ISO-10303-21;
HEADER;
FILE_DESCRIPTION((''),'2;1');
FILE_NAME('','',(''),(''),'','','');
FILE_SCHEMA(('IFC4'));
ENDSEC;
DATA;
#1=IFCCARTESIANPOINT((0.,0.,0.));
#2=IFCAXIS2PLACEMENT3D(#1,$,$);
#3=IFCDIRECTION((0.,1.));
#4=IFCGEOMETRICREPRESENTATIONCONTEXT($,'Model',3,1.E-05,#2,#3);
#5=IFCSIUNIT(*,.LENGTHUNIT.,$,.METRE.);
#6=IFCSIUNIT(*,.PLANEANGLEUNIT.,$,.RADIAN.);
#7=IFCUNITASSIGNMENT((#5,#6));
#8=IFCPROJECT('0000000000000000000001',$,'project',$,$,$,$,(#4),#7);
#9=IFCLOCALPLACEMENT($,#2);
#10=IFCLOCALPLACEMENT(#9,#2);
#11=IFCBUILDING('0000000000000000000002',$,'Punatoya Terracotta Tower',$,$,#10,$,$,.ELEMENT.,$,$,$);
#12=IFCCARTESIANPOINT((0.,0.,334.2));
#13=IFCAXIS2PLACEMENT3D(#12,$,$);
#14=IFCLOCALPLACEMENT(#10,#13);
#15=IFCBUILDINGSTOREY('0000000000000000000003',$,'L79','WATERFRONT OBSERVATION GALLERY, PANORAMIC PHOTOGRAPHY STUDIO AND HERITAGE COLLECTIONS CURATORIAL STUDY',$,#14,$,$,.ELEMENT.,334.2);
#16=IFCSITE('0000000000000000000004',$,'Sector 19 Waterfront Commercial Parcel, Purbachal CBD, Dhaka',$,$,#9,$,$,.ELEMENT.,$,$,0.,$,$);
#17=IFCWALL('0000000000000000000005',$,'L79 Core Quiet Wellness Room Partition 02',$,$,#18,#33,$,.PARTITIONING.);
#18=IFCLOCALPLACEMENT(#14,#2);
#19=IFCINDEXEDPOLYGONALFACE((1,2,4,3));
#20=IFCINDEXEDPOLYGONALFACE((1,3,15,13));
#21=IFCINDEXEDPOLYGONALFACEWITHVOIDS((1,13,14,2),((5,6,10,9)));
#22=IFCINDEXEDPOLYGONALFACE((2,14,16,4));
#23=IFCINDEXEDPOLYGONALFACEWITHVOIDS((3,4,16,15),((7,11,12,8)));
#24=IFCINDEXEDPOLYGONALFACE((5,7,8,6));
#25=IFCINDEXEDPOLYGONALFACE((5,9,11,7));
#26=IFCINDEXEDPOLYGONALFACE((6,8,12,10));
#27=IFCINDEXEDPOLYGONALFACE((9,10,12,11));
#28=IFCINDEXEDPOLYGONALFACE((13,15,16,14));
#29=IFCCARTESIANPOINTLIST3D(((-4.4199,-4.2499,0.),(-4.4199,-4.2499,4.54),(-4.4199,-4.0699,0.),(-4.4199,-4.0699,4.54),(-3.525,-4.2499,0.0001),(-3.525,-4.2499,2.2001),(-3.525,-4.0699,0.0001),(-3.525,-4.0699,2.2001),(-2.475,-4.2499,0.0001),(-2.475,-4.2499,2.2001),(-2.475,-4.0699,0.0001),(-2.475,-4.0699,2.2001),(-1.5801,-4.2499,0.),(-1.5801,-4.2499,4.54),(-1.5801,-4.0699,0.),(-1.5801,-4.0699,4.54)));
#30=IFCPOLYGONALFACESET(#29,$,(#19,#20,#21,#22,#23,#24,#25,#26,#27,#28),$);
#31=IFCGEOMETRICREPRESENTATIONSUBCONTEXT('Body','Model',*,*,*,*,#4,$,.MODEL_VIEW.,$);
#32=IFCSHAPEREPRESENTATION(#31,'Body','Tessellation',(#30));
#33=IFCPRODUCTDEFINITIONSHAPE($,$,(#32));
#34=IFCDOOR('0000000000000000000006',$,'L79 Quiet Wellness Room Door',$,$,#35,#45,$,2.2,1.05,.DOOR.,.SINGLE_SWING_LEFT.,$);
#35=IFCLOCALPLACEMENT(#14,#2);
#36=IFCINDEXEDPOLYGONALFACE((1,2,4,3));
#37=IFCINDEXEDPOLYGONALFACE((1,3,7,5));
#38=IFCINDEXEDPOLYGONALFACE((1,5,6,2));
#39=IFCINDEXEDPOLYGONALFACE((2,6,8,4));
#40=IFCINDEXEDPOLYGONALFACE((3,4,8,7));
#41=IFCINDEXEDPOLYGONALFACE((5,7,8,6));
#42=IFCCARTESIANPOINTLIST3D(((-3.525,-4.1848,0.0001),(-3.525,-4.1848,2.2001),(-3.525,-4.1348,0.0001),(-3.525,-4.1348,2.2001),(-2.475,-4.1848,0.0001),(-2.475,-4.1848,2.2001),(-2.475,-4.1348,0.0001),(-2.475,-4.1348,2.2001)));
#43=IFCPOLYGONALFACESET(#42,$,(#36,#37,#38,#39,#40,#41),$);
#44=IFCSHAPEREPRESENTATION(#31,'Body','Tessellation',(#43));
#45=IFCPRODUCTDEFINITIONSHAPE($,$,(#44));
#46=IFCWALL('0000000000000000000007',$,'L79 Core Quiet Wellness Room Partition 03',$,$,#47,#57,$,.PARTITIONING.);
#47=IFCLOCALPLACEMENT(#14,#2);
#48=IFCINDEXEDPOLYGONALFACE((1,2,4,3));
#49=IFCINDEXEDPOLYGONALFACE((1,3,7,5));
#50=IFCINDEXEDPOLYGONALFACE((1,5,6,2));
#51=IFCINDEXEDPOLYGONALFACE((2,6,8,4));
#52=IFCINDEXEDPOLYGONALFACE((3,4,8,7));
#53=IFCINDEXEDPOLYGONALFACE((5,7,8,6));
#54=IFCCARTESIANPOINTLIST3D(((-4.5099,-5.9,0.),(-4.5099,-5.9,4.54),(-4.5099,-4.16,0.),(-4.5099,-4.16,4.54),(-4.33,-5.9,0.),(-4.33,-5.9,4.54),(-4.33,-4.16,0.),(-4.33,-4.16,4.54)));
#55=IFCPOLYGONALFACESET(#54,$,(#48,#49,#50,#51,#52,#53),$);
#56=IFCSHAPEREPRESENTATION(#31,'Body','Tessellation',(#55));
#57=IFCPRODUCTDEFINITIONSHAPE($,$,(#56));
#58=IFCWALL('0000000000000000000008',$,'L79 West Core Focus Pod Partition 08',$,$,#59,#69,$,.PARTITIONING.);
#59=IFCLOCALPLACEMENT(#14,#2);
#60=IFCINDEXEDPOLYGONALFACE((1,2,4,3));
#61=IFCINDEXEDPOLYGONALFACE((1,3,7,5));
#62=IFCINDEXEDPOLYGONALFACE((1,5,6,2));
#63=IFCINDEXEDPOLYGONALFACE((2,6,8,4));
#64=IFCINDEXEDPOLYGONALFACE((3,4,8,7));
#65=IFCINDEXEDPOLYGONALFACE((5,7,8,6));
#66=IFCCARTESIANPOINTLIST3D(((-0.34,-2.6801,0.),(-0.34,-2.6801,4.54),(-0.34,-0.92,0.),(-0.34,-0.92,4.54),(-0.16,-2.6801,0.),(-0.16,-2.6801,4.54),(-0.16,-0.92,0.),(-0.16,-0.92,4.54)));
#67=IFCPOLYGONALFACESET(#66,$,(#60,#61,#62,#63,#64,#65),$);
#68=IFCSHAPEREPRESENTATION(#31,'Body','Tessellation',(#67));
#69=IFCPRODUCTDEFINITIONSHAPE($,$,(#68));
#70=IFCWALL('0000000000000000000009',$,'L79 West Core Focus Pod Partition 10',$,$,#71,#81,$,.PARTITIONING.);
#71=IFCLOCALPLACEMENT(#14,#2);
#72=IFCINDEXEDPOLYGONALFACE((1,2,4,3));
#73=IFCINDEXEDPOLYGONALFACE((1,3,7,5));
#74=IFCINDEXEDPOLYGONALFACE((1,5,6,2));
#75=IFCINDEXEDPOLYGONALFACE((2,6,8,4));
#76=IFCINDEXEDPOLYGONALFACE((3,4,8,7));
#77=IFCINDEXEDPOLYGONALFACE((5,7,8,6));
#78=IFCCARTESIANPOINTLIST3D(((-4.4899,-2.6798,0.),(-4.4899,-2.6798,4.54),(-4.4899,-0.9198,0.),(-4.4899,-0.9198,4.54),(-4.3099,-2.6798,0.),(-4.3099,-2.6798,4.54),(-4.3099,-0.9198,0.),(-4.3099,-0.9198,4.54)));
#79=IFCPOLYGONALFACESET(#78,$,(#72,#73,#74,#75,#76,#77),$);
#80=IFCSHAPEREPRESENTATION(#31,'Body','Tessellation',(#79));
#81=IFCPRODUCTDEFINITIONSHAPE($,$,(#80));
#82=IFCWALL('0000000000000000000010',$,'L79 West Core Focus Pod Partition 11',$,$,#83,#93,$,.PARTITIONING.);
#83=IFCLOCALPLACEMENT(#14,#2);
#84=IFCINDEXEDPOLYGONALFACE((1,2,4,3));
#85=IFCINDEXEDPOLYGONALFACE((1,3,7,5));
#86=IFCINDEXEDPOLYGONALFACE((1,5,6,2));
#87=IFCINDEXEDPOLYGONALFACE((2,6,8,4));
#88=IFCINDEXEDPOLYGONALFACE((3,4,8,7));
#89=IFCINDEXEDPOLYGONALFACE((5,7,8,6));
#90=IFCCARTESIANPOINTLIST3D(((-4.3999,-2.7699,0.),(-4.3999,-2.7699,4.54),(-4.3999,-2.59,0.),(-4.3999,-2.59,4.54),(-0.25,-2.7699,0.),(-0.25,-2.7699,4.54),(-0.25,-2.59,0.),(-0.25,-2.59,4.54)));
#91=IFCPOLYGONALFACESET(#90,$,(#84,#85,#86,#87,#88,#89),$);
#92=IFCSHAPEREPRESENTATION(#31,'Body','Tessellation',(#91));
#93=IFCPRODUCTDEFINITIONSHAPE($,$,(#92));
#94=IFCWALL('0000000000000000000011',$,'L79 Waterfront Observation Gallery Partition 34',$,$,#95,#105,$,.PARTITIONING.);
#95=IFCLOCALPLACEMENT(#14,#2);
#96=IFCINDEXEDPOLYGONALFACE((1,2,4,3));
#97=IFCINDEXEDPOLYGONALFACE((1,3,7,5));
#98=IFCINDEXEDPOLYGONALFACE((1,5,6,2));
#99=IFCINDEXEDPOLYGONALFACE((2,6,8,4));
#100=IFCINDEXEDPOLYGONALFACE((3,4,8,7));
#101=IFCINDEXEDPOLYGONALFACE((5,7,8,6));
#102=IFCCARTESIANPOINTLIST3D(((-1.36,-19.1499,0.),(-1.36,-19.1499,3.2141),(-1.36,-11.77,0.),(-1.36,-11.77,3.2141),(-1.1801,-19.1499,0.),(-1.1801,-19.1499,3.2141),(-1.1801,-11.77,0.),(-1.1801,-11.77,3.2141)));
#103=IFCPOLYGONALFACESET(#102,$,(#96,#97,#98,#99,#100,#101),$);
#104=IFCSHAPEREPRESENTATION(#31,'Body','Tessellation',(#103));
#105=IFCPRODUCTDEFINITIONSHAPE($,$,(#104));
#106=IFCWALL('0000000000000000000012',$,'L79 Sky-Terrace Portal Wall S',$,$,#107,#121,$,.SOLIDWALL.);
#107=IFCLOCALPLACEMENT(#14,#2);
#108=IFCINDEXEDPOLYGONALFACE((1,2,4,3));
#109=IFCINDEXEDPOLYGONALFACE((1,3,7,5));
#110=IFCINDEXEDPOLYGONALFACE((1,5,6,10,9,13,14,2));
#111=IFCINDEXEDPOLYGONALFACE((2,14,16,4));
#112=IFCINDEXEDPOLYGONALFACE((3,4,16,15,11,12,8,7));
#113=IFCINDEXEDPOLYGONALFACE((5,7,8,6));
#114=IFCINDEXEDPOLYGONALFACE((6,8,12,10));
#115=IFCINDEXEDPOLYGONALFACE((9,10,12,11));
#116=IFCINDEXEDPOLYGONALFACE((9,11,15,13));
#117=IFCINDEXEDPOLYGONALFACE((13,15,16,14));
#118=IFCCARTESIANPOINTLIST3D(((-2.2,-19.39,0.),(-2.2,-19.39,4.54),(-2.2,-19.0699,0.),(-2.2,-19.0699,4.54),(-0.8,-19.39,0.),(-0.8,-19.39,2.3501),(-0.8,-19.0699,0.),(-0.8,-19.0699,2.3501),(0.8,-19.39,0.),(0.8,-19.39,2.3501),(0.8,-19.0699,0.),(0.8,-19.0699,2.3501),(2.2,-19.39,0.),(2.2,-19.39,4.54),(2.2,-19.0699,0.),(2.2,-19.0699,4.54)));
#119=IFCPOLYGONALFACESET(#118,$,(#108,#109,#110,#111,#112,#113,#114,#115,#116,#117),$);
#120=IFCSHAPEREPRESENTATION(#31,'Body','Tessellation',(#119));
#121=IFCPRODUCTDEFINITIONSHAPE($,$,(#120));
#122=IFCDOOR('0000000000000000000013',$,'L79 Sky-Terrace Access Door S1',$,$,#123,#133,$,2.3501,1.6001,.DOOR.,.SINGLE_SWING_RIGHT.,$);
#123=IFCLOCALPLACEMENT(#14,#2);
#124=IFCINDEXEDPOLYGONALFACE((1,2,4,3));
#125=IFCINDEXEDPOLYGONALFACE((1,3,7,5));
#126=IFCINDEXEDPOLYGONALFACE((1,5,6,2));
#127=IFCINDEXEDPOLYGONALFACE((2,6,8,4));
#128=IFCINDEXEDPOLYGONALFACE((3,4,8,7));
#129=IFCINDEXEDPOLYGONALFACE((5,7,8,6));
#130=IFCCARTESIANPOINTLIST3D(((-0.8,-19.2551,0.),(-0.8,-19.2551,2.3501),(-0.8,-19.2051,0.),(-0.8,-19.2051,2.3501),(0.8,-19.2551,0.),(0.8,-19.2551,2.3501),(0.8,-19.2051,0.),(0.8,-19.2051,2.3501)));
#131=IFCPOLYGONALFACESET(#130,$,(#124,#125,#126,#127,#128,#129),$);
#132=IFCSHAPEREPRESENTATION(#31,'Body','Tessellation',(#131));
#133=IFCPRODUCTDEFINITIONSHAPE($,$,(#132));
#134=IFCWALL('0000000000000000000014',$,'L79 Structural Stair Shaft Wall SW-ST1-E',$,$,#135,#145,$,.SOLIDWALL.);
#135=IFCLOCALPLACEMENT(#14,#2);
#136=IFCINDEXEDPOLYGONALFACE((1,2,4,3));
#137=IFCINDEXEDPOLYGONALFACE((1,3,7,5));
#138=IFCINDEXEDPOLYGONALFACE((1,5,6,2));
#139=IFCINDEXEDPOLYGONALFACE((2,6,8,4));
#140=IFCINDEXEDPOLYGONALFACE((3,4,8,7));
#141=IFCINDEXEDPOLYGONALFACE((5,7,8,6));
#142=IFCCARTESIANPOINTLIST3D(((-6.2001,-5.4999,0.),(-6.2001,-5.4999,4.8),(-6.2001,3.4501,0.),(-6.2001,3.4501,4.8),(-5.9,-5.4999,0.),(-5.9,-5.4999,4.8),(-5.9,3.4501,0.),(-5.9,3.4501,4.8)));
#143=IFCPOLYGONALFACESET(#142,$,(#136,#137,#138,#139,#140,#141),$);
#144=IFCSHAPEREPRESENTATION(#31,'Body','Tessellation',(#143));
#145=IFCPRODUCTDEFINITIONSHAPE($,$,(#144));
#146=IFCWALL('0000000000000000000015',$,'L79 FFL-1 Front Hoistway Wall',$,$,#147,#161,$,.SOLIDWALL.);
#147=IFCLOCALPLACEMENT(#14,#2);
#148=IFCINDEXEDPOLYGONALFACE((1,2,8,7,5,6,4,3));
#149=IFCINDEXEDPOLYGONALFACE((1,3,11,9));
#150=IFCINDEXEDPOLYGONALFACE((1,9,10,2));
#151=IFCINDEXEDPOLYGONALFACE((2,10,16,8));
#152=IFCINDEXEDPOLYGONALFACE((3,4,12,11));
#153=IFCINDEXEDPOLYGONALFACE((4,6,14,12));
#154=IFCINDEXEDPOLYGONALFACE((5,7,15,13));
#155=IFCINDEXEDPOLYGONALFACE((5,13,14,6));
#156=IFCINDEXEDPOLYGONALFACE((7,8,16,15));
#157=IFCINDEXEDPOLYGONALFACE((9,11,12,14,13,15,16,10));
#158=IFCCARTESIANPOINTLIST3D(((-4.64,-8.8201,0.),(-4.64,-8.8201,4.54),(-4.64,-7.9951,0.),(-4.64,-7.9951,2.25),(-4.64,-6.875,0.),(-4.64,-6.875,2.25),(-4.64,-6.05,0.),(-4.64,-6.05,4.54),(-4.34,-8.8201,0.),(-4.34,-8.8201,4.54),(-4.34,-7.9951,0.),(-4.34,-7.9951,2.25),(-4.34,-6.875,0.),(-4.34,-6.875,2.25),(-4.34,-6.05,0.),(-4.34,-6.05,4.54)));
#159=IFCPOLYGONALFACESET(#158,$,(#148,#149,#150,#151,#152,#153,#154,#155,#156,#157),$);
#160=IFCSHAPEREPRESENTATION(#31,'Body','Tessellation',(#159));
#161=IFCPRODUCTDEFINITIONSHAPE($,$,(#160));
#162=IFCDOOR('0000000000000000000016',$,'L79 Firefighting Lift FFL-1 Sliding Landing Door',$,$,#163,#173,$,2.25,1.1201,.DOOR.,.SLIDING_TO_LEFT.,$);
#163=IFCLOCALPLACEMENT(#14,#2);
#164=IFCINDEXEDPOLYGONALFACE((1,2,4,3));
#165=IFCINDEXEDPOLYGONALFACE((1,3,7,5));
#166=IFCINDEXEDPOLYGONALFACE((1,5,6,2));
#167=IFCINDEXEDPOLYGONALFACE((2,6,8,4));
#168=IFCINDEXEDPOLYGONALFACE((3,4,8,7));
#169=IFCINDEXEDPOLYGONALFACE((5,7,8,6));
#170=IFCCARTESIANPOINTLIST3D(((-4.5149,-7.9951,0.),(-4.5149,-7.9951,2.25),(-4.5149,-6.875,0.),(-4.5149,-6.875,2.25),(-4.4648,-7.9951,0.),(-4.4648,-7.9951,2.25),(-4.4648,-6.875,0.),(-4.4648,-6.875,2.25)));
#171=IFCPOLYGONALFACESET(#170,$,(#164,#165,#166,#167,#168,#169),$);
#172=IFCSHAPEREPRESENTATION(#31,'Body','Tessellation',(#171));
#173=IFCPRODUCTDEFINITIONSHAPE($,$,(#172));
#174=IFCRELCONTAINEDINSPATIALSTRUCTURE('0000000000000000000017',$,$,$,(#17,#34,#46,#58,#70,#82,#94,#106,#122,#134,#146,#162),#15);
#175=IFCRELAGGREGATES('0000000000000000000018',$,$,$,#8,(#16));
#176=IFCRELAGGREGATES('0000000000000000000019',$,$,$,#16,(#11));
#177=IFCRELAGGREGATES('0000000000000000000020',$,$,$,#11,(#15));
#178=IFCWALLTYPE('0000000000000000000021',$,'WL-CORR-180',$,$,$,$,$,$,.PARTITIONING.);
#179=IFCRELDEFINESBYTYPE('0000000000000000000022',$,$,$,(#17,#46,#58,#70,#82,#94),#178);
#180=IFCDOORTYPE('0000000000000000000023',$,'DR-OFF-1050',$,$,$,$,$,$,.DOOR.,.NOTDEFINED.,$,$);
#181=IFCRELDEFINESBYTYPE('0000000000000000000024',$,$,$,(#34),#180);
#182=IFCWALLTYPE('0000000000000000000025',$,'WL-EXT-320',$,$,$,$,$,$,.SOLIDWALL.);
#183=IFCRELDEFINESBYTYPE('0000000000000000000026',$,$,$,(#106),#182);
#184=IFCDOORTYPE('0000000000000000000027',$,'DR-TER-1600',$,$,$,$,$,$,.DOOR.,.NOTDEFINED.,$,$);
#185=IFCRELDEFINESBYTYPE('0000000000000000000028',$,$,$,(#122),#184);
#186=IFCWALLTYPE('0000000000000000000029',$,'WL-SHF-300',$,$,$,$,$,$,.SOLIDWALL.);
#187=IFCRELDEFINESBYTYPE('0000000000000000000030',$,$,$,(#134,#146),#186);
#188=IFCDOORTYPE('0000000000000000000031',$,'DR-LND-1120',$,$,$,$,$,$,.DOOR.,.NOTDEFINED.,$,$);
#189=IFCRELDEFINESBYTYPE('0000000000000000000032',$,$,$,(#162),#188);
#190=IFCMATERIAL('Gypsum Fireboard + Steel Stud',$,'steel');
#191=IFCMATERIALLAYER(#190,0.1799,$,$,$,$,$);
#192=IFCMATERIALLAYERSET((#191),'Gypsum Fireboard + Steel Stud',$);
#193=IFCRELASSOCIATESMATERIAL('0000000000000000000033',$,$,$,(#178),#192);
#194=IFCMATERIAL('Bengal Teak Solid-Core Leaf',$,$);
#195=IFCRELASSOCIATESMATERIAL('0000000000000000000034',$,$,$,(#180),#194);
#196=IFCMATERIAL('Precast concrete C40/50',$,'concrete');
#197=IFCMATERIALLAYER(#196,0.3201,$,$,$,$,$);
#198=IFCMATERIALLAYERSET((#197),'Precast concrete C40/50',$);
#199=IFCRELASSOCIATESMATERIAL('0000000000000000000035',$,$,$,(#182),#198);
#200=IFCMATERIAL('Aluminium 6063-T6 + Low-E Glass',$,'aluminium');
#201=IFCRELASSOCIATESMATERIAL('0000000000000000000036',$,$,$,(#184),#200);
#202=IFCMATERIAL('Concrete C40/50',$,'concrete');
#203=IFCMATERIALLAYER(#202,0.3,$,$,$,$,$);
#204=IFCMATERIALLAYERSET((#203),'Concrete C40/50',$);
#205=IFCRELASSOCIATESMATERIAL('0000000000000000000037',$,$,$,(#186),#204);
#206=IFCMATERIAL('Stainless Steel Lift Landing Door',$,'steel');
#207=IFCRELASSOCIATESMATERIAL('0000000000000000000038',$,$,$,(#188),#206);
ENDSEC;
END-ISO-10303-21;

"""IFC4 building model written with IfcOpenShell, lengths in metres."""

from ifc_helpers import new_model, si_unit, direction, frame, frame_2d, origin, place, context, subcontext, project, spatial, rectangle, extrude, material, layer, layer_set, type_object, element, fill, save


model = new_model("IFC4")

# Units and contexts
model_context = context("Model", 3, precision=1e-05, world=origin(), true_north=direction((0.0, 1.0)))
body_context = subcontext(model_context, "Body", "Model", "MODEL_VIEW")
ifc_project = project(units=[si_unit("LENGTHUNIT", "METRE"), si_unit("PLANEANGLEUNIT", "RADIAN")], contexts=[model_context])

# Site, building, storey
site_placement = place(None, origin())
site = spatial("IfcSite", under=ifc_project, at=site_placement, Name="Sector 19 Waterfront Commercial Parcel, Purbachal CBD, Dhaka", CompositionType="ELEMENT", RefElevation=0.0)
building_placement = place(site_placement, origin())
building = spatial("IfcBuilding", under=site, at=building_placement, Name="Punatoya Terracotta Tower", CompositionType="ELEMENT")
storey_placement = place(building_placement, frame((0.0, 0.0, 334.2)))
storey = spatial("IfcBuildingStorey", under=building, at=storey_placement, Name="L79", Description="WATERFRONT OBSERVATION GALLERY, PANORAMIC PHOTOGRAPHY STUDIO AND HERITAGE COLLECTIONS CURATORIAL STUDY", CompositionType="ELEMENT", Elevation=334.2)

# Shared definitions
ifc_material_1 = material(Name="Gypsum Fireboard + Steel Stud", Category="steel")
ifc_layer_1 = layer(ifc_material_1, 0.1799)
ifc_layer_set_1 = layer_set([ifc_layer_1], Name="Gypsum Fireboard + Steel Stud")
wall_type_1 = type_object("IfcWallType", Name="WL-CORR-180", PredefinedType="PARTITIONING", material=ifc_layer_set_1)

# Wall, opening, door
wall_1_placement = place(storey_placement, frame((-1.5801, -4.1599, 0.0), z_axis=(0.0, 0.0, 1.0), x_axis=(-1.0, 0.0, 0.0)))
wall_1 = element("IfcWall", 1, at=wall_1_placement, inside=storey, type_object=wall_type_1, Name="L79 Core Quiet Wellness Room Partition 02", PredefinedType="PARTITIONING", context=body_context, shape_type="SweptSolid", body=[
    extrude(rectangle(XDim=2.8398, YDim=0.1799, at=frame_2d((1.4199, 0.0))), origin(), (0.0, 0.0, 1.0), 4.54),
])
opening_1_placement = place(wall_1_placement, frame((0.895, 0.0, 0.0)))
opening_1 = element("IfcOpeningElement", 2, at=opening_1_placement, cuts=wall_1, PredefinedType="OPENING", context=body_context, shape_type="SweptSolid", body=[
    extrude(rectangle(XDim=1.05, YDim=2.2, at=frame_2d((0.5249, 1.1001))), frame((0.0, 0.0999, 0.0), z_axis=(0.0, -1.0, 0.0), x_axis=(1.0, 0.0, 0.0)), (0.0, 0.0, 1.0), 0.2),
])
ifc_material_2 = material(Name="Bengal Teak Solid-Core Leaf")
door_type_1 = type_object("IfcDoorType", Name="DR-OFF-1050", OperationType="NOTDEFINED", PredefinedType="DOOR", material=ifc_material_2)
door_1_placement = place(opening_1_placement, origin())
door_1 = element("IfcDoor", 3, at=door_1_placement, inside=storey, type_object=door_type_1, Name="L79 Quiet Wellness Room Door", OperationType="SINGLE_SWING_LEFT", OverallHeight=2.2, OverallWidth=1.05, PredefinedType="DOOR", context=body_context, shape_type="SweptSolid", body=[
    extrude(rectangle(XDim=1.05, YDim=2.2, at=frame_2d((0.5249, 1.1001))), frame((0.0, 0.0249, 0.0), z_axis=(0.0, -1.0, 0.0), x_axis=(1.0, 0.0, 0.0)), (0.0, 0.0, 1.0), 0.05),
])
fill(opening_1, door_1)

# Walls
wall_2_placement = place(storey_placement, frame((-4.4199, -4.1599, 0.0), z_axis=(0.0, 0.0, 1.0), x_axis=(0.0, -1.0, 0.0)))
element("IfcWall", 4, at=wall_2_placement, inside=storey, type_object=wall_type_1, Name="L79 Core Quiet Wellness Room Partition 03", PredefinedType="PARTITIONING", context=body_context, shape_type="SweptSolid", body=[
    extrude(rectangle(XDim=1.74, YDim=0.1799, at=frame_2d((0.8701, 0.0))), origin(), (0.0, 0.0, 1.0), 4.54),
])
for number, where, z_axis, x_axis, name in (
    (5, (-0.25, -2.6799, 0.0), (0.0, 0.0, 1.0), (0.0, 1.0, 0.0), "L79 West Core Focus Pod Partition 08"),
    (6, (-4.3999, -0.9199, 0.0), (0.0, 0.0, 1.0), (0.0, -1.0, 0.0), "L79 West Core Focus Pod Partition 10"),
):
    element("IfcWall", number, at=place(storey_placement, frame(where, z_axis=z_axis, x_axis=x_axis)), inside=storey, type_object=wall_type_1, Name=name, PredefinedType="PARTITIONING", context=body_context, shape_type="SweptSolid", body=[
        extrude(rectangle(XDim=1.76, YDim=0.1799, at=frame_2d((0.8799, 0.0))), origin(), (0.0, 0.0, 1.0), 4.54),
    ])
wall_3_placement = place(storey_placement, frame((-4.3999, -2.6799, 0.0), z_axis=(0.0, 0.0, 1.0), x_axis=(1.0, 0.0, 0.0)))
element("IfcWall", 7, at=wall_3_placement, inside=storey, type_object=wall_type_1, Name="L79 West Core Focus Pod Partition 11", PredefinedType="PARTITIONING", context=body_context, shape_type="SweptSolid", body=[
    extrude(rectangle(XDim=4.1499, YDim=0.1799, at=frame_2d((2.075, 0.0))), origin(), (0.0, 0.0, 1.0), 4.54),
])
wall_4_placement = place(storey_placement, frame((-1.27, -11.77, 0.0), z_axis=(0.0, 0.0, 1.0), x_axis=(0.0, -1.0, 0.0)))
element("IfcWall", 8, at=wall_4_placement, inside=storey, type_object=wall_type_1, Name="L79 Waterfront Observation Gallery Partition 34", PredefinedType="PARTITIONING", context=body_context, shape_type="SweptSolid", body=[
    extrude(rectangle(XDim=7.3799, YDim=0.1799, at=frame_2d((3.6899, 0.0))), origin(), (0.0, 0.0, 1.0), 3.2141),
])

# Wall, opening, door
ifc_material_3 = material(Name="Precast concrete C40/50", Category="concrete")
ifc_layer_2 = layer(ifc_material_3, 0.3201)
ifc_layer_set_2 = layer_set([ifc_layer_2], Name="Precast concrete C40/50")
wall_type_2 = type_object("IfcWallType", Name="WL-EXT-320", PredefinedType="SOLIDWALL", material=ifc_layer_set_2)
wall_5_placement = place(storey_placement, frame((-2.2, -19.23, 0.0), z_axis=(0.0, 0.0, 1.0), x_axis=(1.0, 0.0, 0.0)))
wall_5 = element("IfcWall", 9, at=wall_5_placement, inside=storey, type_object=wall_type_2, Name="L79 Sky-Terrace Portal Wall S", PredefinedType="SOLIDWALL", context=body_context, shape_type="SweptSolid", body=[
    extrude(rectangle(XDim=4.3999, YDim=0.3201, at=frame_2d((2.2, 0.0))), origin(), (0.0, 0.0, 1.0), 4.54),
])
opening_2_placement = place(wall_5_placement, frame((1.3999, 0.0, 0.0)))
opening_2 = element("IfcOpeningElement", 10, at=opening_2_placement, cuts=wall_5, PredefinedType="OPENING", context=body_context, shape_type="SweptSolid", body=[
    extrude(rectangle(XDim=1.6001, YDim=2.3501, at=frame_2d((0.8, 1.175))), frame((0.0, 0.1699, 0.0), z_axis=(0.0, -1.0, 0.0), x_axis=(1.0, 0.0, 0.0)), (0.0, 0.0, 1.0), 0.3401),
])
ifc_material_4 = material(Name="Aluminium 6063-T6 + Low-E Glass", Category="aluminium")
door_type_2 = type_object("IfcDoorType", Name="DR-TER-1600", OperationType="NOTDEFINED", PredefinedType="DOOR", material=ifc_material_4)
door_2_placement = place(opening_2_placement, origin())
door_2 = element("IfcDoor", 11, at=door_2_placement, inside=storey, type_object=door_type_2, Name="L79 Sky-Terrace Access Door S1", OperationType="SINGLE_SWING_RIGHT", OverallHeight=2.3501, OverallWidth=1.6001, PredefinedType="DOOR", context=body_context, shape_type="SweptSolid", body=[
    extrude(rectangle(XDim=1.6001, YDim=2.3501, at=frame_2d((0.8, 1.175))), frame((0.0, 0.0249, 0.0), z_axis=(0.0, -1.0, 0.0), x_axis=(1.0, 0.0, 0.0)), (0.0, 0.0, 1.0), 0.05),
])
fill(opening_2, door_2)

# Wall
ifc_material_5 = material(Name="Concrete C40/50", Category="concrete")
ifc_layer_3 = layer(ifc_material_5, 0.3)
ifc_layer_set_3 = layer_set([ifc_layer_3], Name="Concrete C40/50")
wall_type_3 = type_object("IfcWallType", Name="WL-SHF-300", PredefinedType="SOLIDWALL", material=ifc_layer_set_3)
wall_6_placement = place(storey_placement, frame((-6.05, -5.5, 0.0), z_axis=(0.0, 0.0, 1.0), x_axis=(0.0, 1.0, 0.0)))
element("IfcWall", 12, at=wall_6_placement, inside=storey, type_object=wall_type_3, Name="L79 Structural Stair Shaft Wall SW-ST1-E", PredefinedType="SOLIDWALL", context=body_context, shape_type="SweptSolid", body=[
    extrude(rectangle(XDim=8.95, YDim=0.3, at=frame_2d((4.4751, 0.0))), origin(), (0.0, 0.0, 1.0), 4.8),
])

# Wall, opening, door
wall_7_placement = place(storey_placement, frame((-4.49, -8.8201, 0.0), z_axis=(0.0, 0.0, 1.0), x_axis=(0.0, 1.0, 0.0)))
wall_7 = element("IfcWall", 13, at=wall_7_placement, inside=storey, type_object=wall_type_3, Name="L79 FFL-1 Front Hoistway Wall", PredefinedType="SOLIDWALL", context=body_context, shape_type="SweptSolid", body=[
    extrude(rectangle(XDim=2.77, YDim=0.3, at=frame_2d((1.385, 0.0))), origin(), (0.0, 0.0, 1.0), 4.54),
])
opening_3_placement = place(wall_7_placement, frame((0.825, 0.0, 0.0)))
opening_3 = element("IfcOpeningElement", 14, at=opening_3_placement, cuts=wall_7, PredefinedType="OPENING", context=body_context, shape_type="SweptSolid", body=[
    extrude(rectangle(XDim=1.1201, YDim=2.25, at=frame_2d((0.5601, 1.125))), frame((0.0, 0.1599, 0.0), z_axis=(0.0, -1.0, 0.0), x_axis=(1.0, 0.0, 0.0)), (0.0, 0.0, 1.0), 0.3201),
])
ifc_material_6 = material(Name="Stainless Steel Lift Landing Door", Category="steel")
door_type_3 = type_object("IfcDoorType", Name="DR-LND-1120", OperationType="NOTDEFINED", PredefinedType="DOOR", material=ifc_material_6)
door_3_placement = place(opening_3_placement, origin())
door_3 = element("IfcDoor", 15, at=door_3_placement, inside=storey, type_object=door_type_3, Name="L79 Firefighting Lift FFL-1 Sliding Landing Door", OperationType="SLIDING_TO_LEFT", OverallHeight=2.25, OverallWidth=1.1201, PredefinedType="DOOR", context=body_context, shape_type="SweptSolid", body=[
    extrude(rectangle(XDim=1.1201, YDim=2.25, at=frame_2d((0.5601, 1.125))), frame((0.0, 0.0249, 0.0), z_axis=(0.0, -1.0, 0.0), x_axis=(1.0, 0.0, 0.0)), (0.0, 0.0, 1.0), 0.05),
])
fill(opening_3, door_3)

save(model, "model.ifc")
